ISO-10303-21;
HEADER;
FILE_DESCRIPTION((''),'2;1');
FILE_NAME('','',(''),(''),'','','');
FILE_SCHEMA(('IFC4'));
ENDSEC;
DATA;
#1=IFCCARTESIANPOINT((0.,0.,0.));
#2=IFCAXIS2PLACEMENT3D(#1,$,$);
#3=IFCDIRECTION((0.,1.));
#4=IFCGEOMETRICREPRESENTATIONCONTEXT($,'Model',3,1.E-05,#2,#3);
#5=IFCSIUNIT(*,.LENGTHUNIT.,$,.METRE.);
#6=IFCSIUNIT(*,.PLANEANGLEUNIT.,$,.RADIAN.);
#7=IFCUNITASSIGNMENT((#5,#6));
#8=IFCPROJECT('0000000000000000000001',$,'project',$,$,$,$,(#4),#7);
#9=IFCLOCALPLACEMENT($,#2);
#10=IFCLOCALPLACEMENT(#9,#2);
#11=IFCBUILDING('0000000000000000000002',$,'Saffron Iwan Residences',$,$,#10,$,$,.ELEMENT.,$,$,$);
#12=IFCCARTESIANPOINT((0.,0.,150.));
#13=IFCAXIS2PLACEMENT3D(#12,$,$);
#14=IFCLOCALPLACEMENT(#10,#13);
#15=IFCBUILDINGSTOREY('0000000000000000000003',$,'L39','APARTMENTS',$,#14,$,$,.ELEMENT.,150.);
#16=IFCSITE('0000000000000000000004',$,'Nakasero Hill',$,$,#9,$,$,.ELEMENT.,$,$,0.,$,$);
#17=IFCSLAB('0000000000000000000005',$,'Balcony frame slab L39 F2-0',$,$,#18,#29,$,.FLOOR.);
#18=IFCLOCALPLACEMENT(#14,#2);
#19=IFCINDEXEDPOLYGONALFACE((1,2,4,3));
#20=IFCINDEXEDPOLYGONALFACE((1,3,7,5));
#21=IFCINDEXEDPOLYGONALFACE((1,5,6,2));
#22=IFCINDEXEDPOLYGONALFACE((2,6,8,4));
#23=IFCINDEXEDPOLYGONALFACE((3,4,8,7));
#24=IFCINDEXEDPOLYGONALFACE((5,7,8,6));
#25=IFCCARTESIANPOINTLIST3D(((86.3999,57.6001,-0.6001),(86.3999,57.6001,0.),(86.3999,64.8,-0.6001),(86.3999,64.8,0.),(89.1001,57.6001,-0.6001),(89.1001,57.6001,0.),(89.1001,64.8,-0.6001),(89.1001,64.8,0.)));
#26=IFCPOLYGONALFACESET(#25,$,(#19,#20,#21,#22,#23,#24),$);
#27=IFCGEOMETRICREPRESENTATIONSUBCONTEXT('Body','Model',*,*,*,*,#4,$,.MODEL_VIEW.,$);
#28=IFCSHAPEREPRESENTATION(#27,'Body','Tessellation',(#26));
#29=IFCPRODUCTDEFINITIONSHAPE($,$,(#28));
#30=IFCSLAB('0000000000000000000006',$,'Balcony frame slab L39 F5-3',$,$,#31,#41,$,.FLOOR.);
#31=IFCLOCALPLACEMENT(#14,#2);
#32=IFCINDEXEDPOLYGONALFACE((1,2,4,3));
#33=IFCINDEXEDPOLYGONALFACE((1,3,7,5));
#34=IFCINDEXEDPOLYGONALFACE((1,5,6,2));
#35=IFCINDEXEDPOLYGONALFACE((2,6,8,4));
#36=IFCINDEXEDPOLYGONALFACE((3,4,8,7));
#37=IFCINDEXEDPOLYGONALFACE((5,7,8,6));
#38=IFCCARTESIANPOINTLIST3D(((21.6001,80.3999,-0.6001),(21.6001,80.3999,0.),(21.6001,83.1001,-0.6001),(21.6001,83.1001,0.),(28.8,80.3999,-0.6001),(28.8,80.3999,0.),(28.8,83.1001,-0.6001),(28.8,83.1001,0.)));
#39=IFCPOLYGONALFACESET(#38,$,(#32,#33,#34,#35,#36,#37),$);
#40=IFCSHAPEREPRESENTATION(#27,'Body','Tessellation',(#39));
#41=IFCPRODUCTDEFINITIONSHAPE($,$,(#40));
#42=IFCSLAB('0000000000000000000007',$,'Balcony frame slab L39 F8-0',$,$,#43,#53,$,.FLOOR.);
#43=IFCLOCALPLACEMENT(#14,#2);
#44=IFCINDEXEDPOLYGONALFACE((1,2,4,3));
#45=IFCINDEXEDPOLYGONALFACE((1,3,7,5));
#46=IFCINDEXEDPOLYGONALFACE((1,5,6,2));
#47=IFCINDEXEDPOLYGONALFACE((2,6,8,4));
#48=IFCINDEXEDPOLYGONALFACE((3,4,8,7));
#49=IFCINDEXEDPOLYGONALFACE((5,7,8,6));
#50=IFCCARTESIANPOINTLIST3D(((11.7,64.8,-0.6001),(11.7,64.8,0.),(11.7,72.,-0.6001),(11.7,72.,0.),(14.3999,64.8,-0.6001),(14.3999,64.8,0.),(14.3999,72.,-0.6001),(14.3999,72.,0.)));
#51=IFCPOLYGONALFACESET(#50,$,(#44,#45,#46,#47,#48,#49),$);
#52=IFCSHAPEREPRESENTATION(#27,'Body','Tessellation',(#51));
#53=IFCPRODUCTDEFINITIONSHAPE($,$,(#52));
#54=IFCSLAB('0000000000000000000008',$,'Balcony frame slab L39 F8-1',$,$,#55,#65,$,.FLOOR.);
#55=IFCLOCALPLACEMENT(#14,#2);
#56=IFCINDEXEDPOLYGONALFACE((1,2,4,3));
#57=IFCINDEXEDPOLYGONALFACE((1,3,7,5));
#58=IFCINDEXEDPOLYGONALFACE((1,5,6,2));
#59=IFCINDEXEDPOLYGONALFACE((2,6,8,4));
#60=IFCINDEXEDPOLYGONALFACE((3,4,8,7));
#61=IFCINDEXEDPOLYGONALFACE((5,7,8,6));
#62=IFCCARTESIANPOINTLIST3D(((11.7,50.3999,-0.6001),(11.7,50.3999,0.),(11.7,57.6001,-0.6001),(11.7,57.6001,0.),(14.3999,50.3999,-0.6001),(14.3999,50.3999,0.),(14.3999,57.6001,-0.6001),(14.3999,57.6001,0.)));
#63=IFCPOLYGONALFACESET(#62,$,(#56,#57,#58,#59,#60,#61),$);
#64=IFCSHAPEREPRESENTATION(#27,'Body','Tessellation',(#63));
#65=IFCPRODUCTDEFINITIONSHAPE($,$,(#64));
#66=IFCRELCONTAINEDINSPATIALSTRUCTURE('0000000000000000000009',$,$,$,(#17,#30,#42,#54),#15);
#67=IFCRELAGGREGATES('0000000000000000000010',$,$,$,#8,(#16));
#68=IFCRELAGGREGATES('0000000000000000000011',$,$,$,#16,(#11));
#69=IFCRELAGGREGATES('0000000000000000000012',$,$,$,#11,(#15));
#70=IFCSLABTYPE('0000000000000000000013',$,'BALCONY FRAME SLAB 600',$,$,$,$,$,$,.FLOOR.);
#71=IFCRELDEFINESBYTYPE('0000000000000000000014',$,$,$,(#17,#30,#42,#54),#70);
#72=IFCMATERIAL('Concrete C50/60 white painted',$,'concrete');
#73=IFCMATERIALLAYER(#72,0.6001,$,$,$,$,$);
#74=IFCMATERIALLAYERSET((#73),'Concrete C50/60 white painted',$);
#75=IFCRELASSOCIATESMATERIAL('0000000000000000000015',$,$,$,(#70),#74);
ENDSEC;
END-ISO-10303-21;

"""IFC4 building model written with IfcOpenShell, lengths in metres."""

from ifc_helpers import new_model, si_unit, direction, frame, origin, place, context, subcontext, project, spatial, polyline, outline, extrude, material, layer, layer_set, type_object, element, save


model = new_model("IFC4")

# Units and contexts
model_context = context("Model", 3, precision=1e-05, world=origin(), true_north=direction((0.0, 1.0)))
body_context = subcontext(model_context, "Body", "Model", "MODEL_VIEW")
ifc_project = project(units=[si_unit("LENGTHUNIT", "METRE"), si_unit("PLANEANGLEUNIT", "RADIAN")], contexts=[model_context])

# Site, building, storey
site_placement = place(None, origin())
site = spatial("IfcSite", under=ifc_project, at=site_placement, Name="Nakasero Hill", CompositionType="ELEMENT", RefElevation=0.0)
building_placement = place(site_placement, origin())
building = spatial("IfcBuilding", under=site, at=building_placement, Name="Saffron Iwan Residences", CompositionType="ELEMENT")
storey_placement = place(building_placement, frame((0.0, 0.0, 150.0)))
storey = spatial("IfcBuildingStorey", under=building, at=storey_placement, Name="L39", Description="APARTMENTS", CompositionType="ELEMENT", Elevation=150.0)

# Slabs
ifc_material_1 = material(Name="Concrete C50/60 white painted", Category="concrete")
ifc_layer_1 = layer(ifc_material_1, 0.6001)
ifc_layer_set_1 = layer_set([ifc_layer_1], Name="Concrete C50/60 white painted")
slab_type_1 = type_object("IfcSlabType", Name="BALCONY FRAME SLAB 600", PredefinedType="FLOOR", material=ifc_layer_set_1)
slab_1_placement = place(storey_placement, frame((0.0, 0.0, -0.6001)))
element("IfcSlab", 1, at=slab_1_placement, inside=storey, type_object=slab_type_1, Name="Balcony frame slab L39 F2-0", PredefinedType="FLOOR", context=body_context, shape_type="SweptSolid", body=[
    extrude(outline(polyline([(89.1001, 57.6001), (89.1001, 64.8), (86.3999, 64.8), (86.3999, 57.6001), (89.1001, 57.6001)])), origin(), (0.0, 0.0, 1.0), 0.6001),
])
slab_2_placement = place(storey_placement, frame((0.0, 0.0, -0.6001)))
element("IfcSlab", 2, at=slab_2_placement, inside=storey, type_object=slab_type_1, Name="Balcony frame slab L39 F5-3", PredefinedType="FLOOR", context=body_context, shape_type="SweptSolid", body=[
    extrude(outline(polyline([(28.8, 83.1001), (21.6001, 83.1001), (21.6001, 80.3999), (28.8, 80.3999), (28.8, 83.1001)])), origin(), (0.0, 0.0, 1.0), 0.6001),
])
slab_3_placement = place(storey_placement, frame((0.0, 0.0, -0.6001)))
element("IfcSlab", 3, at=slab_3_placement, inside=storey, type_object=slab_type_1, Name="Balcony frame slab L39 F8-0", PredefinedType="FLOOR", context=body_context, shape_type="SweptSolid", body=[
    extrude(outline(polyline([(11.7, 72.0), (11.7, 64.8), (14.3999, 64.8), (14.3999, 72.0), (11.7, 72.0)])), origin(), (0.0, 0.0, 1.0), 0.6001),
])
slab_4_placement = place(storey_placement, frame((0.0, 0.0, -0.6001)))
element("IfcSlab", 4, at=slab_4_placement, inside=storey, type_object=slab_type_1, Name="Balcony frame slab L39 F8-1", PredefinedType="FLOOR", context=body_context, shape_type="SweptSolid", body=[
    extrude(outline(polyline([(11.7, 57.6001), (11.7, 50.3999), (14.3999, 50.3999), (14.3999, 57.6001), (11.7, 57.6001)])), origin(), (0.0, 0.0, 1.0), 0.6001),
])

save(model, "model.ifc")
